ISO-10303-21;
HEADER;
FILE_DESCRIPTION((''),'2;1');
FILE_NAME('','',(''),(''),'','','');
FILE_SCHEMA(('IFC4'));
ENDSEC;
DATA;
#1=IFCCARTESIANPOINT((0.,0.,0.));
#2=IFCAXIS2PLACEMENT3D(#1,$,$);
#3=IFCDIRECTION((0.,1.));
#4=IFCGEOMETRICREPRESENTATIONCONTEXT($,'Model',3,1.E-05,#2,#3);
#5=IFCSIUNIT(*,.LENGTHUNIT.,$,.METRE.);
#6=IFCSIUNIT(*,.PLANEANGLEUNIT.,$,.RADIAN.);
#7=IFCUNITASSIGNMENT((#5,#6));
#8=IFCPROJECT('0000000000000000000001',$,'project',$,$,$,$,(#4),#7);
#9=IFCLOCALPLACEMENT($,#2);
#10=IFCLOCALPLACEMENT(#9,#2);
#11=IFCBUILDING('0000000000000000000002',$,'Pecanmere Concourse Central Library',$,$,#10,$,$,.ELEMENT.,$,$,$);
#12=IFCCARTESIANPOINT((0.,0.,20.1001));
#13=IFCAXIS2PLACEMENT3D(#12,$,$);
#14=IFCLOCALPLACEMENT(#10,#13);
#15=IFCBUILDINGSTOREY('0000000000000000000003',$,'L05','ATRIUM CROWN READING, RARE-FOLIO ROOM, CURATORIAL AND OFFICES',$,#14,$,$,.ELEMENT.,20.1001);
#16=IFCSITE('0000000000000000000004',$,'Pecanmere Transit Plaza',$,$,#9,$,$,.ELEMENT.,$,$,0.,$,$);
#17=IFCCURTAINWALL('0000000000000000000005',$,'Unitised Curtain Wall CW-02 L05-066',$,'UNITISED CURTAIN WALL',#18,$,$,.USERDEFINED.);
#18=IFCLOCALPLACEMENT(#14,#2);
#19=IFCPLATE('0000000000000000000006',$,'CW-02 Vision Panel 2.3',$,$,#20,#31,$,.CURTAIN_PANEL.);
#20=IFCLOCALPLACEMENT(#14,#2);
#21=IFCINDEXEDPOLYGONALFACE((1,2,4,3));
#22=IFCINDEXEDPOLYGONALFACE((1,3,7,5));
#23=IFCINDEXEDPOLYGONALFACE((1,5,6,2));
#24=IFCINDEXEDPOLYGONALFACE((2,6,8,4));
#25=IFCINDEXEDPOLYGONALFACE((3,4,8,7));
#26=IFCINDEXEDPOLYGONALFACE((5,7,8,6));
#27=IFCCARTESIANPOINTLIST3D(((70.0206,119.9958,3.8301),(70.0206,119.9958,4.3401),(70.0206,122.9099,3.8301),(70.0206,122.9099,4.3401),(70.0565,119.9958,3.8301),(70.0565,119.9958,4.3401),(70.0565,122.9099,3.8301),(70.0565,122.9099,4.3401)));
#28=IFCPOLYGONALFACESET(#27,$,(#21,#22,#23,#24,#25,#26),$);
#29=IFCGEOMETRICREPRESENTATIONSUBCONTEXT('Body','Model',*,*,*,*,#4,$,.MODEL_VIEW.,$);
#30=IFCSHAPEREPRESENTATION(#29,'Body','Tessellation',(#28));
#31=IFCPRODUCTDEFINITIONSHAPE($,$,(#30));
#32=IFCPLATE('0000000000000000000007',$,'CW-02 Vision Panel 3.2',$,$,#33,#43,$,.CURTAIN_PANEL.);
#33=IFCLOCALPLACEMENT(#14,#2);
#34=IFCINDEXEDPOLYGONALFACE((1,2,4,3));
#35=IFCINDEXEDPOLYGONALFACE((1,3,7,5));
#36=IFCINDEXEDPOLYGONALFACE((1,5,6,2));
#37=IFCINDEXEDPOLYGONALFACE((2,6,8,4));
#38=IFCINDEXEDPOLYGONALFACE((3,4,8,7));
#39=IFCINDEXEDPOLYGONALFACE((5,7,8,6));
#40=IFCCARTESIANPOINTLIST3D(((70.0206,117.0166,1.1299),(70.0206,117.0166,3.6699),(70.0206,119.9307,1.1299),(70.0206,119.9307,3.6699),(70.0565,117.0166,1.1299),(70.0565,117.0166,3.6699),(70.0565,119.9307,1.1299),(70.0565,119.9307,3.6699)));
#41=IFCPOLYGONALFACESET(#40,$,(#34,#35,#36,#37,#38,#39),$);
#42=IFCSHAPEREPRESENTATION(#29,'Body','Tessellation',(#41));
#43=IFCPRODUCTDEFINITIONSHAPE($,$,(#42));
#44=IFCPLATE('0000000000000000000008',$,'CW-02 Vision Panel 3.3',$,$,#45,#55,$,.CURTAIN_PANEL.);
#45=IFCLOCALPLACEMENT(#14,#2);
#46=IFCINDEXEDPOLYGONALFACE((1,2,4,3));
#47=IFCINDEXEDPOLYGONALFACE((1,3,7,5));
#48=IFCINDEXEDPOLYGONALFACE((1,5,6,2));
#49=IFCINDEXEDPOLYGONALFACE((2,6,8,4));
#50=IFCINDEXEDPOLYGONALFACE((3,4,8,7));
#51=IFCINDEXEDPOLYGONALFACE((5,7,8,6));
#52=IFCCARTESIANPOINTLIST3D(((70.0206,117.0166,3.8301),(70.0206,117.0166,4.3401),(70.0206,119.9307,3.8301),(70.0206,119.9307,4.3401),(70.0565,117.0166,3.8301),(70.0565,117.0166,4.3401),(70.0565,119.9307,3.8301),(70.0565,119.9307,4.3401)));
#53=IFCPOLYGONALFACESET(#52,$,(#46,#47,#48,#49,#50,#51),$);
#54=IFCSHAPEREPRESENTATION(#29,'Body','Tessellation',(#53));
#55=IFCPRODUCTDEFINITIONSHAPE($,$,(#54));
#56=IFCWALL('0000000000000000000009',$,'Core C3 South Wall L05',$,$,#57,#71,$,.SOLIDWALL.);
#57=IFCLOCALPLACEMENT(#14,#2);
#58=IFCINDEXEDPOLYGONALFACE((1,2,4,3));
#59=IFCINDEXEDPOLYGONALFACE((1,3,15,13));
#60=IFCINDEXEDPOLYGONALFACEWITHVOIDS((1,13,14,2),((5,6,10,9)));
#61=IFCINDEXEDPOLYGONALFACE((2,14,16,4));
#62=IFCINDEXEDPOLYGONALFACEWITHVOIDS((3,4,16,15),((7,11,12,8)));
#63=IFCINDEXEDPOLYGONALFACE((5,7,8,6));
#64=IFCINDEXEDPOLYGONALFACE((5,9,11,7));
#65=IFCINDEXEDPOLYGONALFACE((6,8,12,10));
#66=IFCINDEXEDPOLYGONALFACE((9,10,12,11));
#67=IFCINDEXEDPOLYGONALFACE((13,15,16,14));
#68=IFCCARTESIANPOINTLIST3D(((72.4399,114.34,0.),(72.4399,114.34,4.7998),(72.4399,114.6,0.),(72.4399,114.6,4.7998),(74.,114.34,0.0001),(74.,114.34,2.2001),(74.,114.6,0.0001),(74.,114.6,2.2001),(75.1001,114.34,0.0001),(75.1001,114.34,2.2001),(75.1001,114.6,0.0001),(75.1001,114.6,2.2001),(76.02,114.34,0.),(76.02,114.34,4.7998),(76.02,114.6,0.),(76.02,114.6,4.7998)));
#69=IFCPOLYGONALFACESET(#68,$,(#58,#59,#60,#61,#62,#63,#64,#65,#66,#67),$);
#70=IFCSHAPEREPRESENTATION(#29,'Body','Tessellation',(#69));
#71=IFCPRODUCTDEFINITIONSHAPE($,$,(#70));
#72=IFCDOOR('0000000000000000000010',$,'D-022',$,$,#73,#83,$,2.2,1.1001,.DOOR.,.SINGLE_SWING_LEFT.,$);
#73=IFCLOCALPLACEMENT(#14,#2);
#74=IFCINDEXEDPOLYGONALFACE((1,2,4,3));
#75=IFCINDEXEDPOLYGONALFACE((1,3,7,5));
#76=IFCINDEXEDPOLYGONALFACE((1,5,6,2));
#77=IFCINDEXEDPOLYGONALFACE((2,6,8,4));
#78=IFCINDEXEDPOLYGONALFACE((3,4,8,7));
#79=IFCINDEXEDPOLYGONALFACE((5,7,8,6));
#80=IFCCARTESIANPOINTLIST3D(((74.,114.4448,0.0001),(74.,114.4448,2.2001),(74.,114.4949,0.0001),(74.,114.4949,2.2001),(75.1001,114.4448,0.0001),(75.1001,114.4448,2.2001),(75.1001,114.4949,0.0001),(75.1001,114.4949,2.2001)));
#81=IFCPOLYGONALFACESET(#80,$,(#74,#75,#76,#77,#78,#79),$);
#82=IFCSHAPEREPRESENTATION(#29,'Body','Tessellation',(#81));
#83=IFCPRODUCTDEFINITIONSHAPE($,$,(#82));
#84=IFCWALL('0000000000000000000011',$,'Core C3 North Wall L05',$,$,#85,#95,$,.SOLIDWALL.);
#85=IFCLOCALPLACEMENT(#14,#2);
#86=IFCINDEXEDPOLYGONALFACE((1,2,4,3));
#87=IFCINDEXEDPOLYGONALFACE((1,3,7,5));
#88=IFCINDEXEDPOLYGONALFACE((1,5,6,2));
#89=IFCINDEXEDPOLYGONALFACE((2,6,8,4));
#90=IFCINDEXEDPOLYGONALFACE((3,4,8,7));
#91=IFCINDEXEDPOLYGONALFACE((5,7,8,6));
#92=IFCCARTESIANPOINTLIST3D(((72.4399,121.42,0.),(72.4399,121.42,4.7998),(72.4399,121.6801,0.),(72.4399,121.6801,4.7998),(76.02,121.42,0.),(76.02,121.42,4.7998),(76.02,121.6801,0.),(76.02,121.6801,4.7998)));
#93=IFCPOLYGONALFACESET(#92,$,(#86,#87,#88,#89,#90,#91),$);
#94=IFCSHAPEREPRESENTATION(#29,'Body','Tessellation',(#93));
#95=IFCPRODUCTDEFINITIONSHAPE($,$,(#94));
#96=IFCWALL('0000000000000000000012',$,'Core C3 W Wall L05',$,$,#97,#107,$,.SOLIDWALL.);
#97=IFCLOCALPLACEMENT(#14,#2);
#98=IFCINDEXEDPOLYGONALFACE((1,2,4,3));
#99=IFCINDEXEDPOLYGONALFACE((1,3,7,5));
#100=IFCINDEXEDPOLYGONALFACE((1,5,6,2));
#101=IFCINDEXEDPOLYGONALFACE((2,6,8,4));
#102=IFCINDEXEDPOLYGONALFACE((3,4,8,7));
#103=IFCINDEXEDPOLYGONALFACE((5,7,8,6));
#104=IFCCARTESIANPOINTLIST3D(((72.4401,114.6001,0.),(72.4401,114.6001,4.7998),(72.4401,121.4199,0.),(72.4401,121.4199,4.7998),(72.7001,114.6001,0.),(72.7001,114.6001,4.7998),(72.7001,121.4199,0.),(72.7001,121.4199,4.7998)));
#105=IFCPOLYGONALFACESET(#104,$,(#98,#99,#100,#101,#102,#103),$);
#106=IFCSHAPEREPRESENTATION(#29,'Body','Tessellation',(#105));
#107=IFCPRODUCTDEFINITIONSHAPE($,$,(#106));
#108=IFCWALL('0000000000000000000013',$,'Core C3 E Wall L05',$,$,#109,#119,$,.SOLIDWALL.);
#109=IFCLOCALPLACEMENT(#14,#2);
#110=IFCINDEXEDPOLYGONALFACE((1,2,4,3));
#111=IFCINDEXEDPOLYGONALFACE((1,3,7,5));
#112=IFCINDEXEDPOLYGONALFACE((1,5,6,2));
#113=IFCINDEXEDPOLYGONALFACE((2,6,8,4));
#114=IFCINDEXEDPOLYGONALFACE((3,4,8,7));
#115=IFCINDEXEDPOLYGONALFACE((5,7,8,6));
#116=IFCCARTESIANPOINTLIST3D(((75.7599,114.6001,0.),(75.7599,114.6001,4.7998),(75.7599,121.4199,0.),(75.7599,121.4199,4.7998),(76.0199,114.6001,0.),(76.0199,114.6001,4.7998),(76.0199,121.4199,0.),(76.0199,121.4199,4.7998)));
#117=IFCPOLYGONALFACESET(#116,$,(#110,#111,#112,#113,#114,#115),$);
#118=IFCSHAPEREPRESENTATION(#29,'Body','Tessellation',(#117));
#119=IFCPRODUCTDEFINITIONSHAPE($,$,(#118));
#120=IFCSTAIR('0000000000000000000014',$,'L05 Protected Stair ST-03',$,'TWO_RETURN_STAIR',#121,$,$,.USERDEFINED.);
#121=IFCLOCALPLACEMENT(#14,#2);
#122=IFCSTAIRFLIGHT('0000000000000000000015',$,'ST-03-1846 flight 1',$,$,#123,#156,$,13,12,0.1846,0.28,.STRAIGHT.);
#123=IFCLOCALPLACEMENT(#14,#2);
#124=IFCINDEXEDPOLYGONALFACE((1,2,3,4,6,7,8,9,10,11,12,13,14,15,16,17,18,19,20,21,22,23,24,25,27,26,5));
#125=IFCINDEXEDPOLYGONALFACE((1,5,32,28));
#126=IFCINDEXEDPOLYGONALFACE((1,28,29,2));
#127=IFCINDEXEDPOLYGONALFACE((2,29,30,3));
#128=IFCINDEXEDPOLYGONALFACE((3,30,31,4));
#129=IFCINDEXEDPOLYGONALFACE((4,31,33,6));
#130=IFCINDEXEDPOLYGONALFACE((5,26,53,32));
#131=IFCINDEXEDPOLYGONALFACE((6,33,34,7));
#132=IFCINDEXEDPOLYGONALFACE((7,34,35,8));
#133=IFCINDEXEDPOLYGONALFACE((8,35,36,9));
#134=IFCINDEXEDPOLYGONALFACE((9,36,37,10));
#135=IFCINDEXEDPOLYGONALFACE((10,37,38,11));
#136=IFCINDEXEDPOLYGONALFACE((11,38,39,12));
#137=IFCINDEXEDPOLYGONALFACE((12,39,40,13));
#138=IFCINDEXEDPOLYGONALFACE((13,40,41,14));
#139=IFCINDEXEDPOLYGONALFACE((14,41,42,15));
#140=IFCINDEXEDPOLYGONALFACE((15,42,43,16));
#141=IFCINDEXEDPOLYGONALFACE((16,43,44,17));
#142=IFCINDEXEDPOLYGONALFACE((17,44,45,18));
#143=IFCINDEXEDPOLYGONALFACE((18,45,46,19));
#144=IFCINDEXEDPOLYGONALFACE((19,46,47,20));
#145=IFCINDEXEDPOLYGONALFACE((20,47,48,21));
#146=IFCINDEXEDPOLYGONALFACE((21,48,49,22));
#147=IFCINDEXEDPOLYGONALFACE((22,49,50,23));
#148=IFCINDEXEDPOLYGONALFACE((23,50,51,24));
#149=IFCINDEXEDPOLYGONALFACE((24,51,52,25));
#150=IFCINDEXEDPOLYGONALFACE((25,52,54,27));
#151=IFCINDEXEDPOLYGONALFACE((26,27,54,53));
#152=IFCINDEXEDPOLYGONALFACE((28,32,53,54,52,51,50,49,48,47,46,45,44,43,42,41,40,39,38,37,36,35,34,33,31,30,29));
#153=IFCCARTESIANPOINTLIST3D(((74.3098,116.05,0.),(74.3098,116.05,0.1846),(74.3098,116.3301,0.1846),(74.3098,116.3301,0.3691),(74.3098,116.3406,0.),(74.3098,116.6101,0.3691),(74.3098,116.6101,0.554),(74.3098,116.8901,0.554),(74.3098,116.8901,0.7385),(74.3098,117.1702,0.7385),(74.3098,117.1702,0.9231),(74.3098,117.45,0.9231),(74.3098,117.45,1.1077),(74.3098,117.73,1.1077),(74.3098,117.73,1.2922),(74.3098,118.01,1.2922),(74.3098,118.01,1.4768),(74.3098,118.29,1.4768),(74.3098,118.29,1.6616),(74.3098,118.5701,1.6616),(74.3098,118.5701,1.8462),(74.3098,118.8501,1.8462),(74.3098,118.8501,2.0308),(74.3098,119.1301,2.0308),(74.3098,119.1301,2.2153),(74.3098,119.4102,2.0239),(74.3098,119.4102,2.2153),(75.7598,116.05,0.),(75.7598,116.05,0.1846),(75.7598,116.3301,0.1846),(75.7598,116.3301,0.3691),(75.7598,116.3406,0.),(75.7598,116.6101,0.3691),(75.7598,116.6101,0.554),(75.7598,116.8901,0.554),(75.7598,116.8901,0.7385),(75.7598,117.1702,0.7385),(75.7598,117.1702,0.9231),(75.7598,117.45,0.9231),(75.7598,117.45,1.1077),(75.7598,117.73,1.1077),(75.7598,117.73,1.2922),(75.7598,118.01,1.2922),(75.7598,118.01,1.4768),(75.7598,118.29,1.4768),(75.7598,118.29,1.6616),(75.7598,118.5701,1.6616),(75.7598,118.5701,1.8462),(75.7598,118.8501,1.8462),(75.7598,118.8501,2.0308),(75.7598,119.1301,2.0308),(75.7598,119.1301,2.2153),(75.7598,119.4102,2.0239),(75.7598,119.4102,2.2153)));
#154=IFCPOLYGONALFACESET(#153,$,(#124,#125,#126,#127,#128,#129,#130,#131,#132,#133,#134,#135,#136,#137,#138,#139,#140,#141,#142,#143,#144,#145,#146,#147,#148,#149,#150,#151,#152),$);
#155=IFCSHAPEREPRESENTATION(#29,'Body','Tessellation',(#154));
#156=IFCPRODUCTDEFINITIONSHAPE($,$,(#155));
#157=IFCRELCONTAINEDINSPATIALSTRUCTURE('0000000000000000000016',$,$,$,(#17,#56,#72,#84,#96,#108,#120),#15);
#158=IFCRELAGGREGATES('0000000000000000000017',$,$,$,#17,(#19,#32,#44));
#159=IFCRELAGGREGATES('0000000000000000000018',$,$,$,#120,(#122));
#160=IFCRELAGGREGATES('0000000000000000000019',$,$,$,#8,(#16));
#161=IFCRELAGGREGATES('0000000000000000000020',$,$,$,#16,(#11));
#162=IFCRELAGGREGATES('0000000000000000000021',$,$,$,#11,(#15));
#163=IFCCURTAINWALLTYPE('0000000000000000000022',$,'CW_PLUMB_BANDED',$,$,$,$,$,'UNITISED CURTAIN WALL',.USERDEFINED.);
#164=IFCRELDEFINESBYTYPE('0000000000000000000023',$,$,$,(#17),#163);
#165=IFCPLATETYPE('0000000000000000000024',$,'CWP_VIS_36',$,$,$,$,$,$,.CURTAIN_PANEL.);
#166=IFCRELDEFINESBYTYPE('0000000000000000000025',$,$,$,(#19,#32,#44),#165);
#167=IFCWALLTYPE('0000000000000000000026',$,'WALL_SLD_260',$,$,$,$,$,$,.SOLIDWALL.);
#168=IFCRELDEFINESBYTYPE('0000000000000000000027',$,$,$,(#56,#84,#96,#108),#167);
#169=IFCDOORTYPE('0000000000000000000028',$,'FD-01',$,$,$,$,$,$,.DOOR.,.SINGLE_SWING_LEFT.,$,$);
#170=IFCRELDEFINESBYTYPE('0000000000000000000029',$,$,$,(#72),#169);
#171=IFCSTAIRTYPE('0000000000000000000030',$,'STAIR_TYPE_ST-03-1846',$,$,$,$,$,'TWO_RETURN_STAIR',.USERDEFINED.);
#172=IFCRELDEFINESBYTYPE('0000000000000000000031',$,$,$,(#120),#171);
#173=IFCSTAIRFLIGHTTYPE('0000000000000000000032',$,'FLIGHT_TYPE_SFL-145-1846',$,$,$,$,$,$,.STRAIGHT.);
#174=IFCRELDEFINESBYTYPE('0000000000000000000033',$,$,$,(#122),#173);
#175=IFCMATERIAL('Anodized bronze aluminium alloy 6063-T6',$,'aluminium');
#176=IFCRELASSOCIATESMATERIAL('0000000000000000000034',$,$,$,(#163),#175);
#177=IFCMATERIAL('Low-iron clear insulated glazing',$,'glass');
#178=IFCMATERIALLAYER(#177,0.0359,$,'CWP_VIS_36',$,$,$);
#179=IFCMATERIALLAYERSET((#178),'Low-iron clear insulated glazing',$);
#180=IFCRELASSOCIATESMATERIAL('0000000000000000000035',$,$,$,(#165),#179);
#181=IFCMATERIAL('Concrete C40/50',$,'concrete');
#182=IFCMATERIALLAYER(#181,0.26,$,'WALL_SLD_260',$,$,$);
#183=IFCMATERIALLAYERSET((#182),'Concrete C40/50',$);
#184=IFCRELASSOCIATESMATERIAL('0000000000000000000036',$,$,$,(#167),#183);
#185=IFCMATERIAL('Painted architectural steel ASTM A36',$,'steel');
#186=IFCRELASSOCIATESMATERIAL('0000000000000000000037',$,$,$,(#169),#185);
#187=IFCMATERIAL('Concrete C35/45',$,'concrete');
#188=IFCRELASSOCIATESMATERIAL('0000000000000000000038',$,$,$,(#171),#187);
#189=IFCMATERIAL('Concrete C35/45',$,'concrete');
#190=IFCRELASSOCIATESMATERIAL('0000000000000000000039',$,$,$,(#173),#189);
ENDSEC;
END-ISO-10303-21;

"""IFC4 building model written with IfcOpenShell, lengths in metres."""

from ifc_helpers import new_model, si_unit, direction, frame, frame_2d, origin, origin_2d, place, context, subcontext, project, spatial, polyline, rectangle, outline, extrude, material, layer, layer_set, type_object, element, fill, aggregate, save


model = new_model("IFC4")

# Units and contexts
model_context = context("Model", 3, precision=1e-05, world=origin(), true_north=direction((0.0, 1.0)))
body_context = subcontext(model_context, "Body", "Model", "MODEL_VIEW")
ifc_project = project(units=[si_unit("LENGTHUNIT", "METRE"), si_unit("PLANEANGLEUNIT", "RADIAN")], contexts=[model_context])

# Site, building, storey
site_placement = place(None, origin())
site = spatial("IfcSite", under=ifc_project, at=site_placement, Name="Pecanmere Transit Plaza", CompositionType="ELEMENT", RefElevation=0.0)
building_placement = place(site_placement, origin())
building = spatial("IfcBuilding", under=site, at=building_placement, Name="Pecanmere Concourse Central Library", CompositionType="ELEMENT")
storey_placement = place(building_placement, frame((0.0, 0.0, 20.1001)))
storey = spatial("IfcBuildingStorey", under=building, at=storey_placement, Name="L05", Description="ATRIUM CROWN READING, RARE-FOLIO ROOM, CURATORIAL AND OFFICES", CompositionType="ELEMENT", Elevation=20.1001)

# Curtain wall
ifc_material_1 = material(Name="Anodized bronze aluminium alloy 6063-T6", Category="aluminium")
curtain_wall_type = type_object("IfcCurtainWallType", Name="CW_PLUMB_BANDED", ElementType="UNITISED CURTAIN WALL", PredefinedType="USERDEFINED", material=ifc_material_1)
curtain_wall_placement = place(storey_placement, origin())
curtain_wall = element("IfcCurtainWall", 1, at=curtain_wall_placement, inside=storey, type_object=curtain_wall_type, Name="Unitised Curtain Wall CW-02 L05-066", ObjectType="UNITISED CURTAIN WALL", PredefinedType="USERDEFINED")

# Plates
ifc_material_2 = material(Name="Low-iron clear insulated glazing", Category="glass")
ifc_layer_1 = layer(ifc_material_2, 0.0359, Name="CWP_VIS_36")
ifc_layer_set_1 = layer_set([ifc_layer_1], Name="Low-iron clear insulated glazing")
plate_type_1 = type_object("IfcPlateType", Name="CWP_VIS_36", PredefinedType="CURTAIN_PANEL", material=ifc_layer_set_1)
plate_1_placement = place(storey_placement, frame((70.0386, 121.4529, 3.8301), z_axis=(0.0, 0.0, 1.0), x_axis=(0.0, -1.0, 0.0)))
plate_1 = element("IfcPlate", 2, at=plate_1_placement, type_object=plate_type_1, Name="CW-02 Vision Panel 2.3", PredefinedType="CURTAIN_PANEL", context=body_context, shape_type="SweptSolid", body=[
    extrude(rectangle(XDim=2.9141, YDim=0.0359, at=origin_2d()), origin(), (0.0, 0.0, 1.0), 0.51),
])
plate_2_placement = place(storey_placement, frame((70.0386, 118.4736, 1.1299), z_axis=(0.0, 0.0, 1.0), x_axis=(0.0, -1.0, 0.0)))
plate_2 = element("IfcPlate", 3, at=plate_2_placement, type_object=plate_type_1, Name="CW-02 Vision Panel 3.2", PredefinedType="CURTAIN_PANEL", context=body_context, shape_type="SweptSolid", body=[
    extrude(rectangle(XDim=2.9141, YDim=0.0359, at=origin_2d()), origin(), (0.0, 0.0, 1.0), 2.54),
])
plate_3_placement = place(storey_placement, frame((70.0386, 118.4736, 3.8301), z_axis=(0.0, 0.0, 1.0), x_axis=(0.0, -1.0, 0.0)))
plate_3 = element("IfcPlate", 4, at=plate_3_placement, type_object=plate_type_1, Name="CW-02 Vision Panel 3.3", PredefinedType="CURTAIN_PANEL", context=body_context, shape_type="SweptSolid", body=[
    extrude(rectangle(XDim=2.9141, YDim=0.0359, at=origin_2d()), origin(), (0.0, 0.0, 1.0), 0.51),
])
aggregate(curtain_wall, [plate_1, plate_2, plate_3])

# Wall, opening, door
ifc_material_3 = material(Name="Concrete C40/50", Category="concrete")
ifc_layer_2 = layer(ifc_material_3, 0.26, Name="WALL_SLD_260")
ifc_layer_set_2 = layer_set([ifc_layer_2], Name="Concrete C40/50")
wall_type = type_object("IfcWallType", Name="WALL_SLD_260", PredefinedType="SOLIDWALL", material=ifc_layer_set_2)
wall_1_placement = place(storey_placement, frame((72.4399, 114.47, 0.0), z_axis=(0.0, 0.0, 1.0), x_axis=(1.0, 0.0, 0.0)))
wall_1 = element("IfcWall", 5, at=wall_1_placement, inside=storey, type_object=wall_type, Name="Core C3 South Wall L05", PredefinedType="SOLIDWALL", context=body_context, shape_type="SweptSolid", body=[
    extrude(rectangle(XDim=3.5801, YDim=0.26, at=frame_2d((1.79, 0.0))), origin(), (0.0, 0.0, 1.0), 4.7998),
])
opening_placement = place(wall_1_placement, frame((1.5601, 0.0, 0.0)))
opening = element("IfcOpeningElement", 6, at=opening_placement, cuts=wall_1, PredefinedType="OPENING", context=body_context, shape_type="SweptSolid", body=[
    extrude(rectangle(XDim=1.1001, YDim=2.2, at=frame_2d((0.55, 1.1001))), frame((0.0, 0.1421, 0.0), z_axis=(0.0, -1.0, 0.0), x_axis=(1.0, 0.0, 0.0)), (0.0, 0.0, 1.0), 0.2839),
])
ifc_material_4 = material(Name="Painted architectural steel ASTM A36", Category="steel")
door_type = type_object("IfcDoorType", Name="FD-01", OperationType="SINGLE_SWING_LEFT", PredefinedType="DOOR", material=ifc_material_4)
door_placement = place(opening_placement, origin())
door = element("IfcDoor", 7, at=door_placement, inside=storey, type_object=door_type, Name="D-022", OperationType="SINGLE_SWING_LEFT", OverallHeight=2.2, OverallWidth=1.1001, PredefinedType="DOOR", context=body_context, shape_type="SweptSolid", body=[
    extrude(rectangle(XDim=1.1001, YDim=2.2, at=frame_2d((0.55, 1.1001))), frame((0.0, 0.0249, 0.0), z_axis=(0.0, -1.0, 0.0), x_axis=(1.0, 0.0, 0.0)), (0.0, 0.0, 1.0), 0.05),
])
fill(opening, door)

# Walls
wall_2_placement = place(storey_placement, frame((72.4399, 121.55, 0.0), z_axis=(0.0, 0.0, 1.0), x_axis=(1.0, 0.0, 0.0)))
element("IfcWall", 8, at=wall_2_placement, inside=storey, type_object=wall_type, Name="Core C3 North Wall L05", PredefinedType="SOLIDWALL", context=body_context, shape_type="SweptSolid", body=[
    extrude(rectangle(XDim=3.5801, YDim=0.26, at=frame_2d((1.79, 0.0))), origin(), (0.0, 0.0, 1.0), 4.7998),
])
for number, where, z_axis, x_axis, name in (
    (9, (72.5701, 114.6001, 0.0), (0.0, 0.0, 1.0), (0.0, 1.0, 0.0), "Core C3 W Wall L05"),
    (10, (75.8899, 114.6001, 0.0), (0.0, 0.0, 1.0), (0.0, 1.0, 0.0), "Core C3 E Wall L05"),
):
    element("IfcWall", number, at=place(storey_placement, frame(where, z_axis=z_axis, x_axis=x_axis)), inside=storey, type_object=wall_type, Name=name, PredefinedType="SOLIDWALL", context=body_context, shape_type="SweptSolid", body=[
        extrude(rectangle(XDim=6.8198, YDim=0.26, at=frame_2d((3.4099, 0.0))), origin(), (0.0, 0.0, 1.0), 4.7998),
    ])

# Stair, stair flight
ifc_material_5 = material(Name="Concrete C35/45", Category="concrete")
stair_type = type_object("IfcStairType", Name="STAIR_TYPE_ST-03-1846", ElementType="TWO_RETURN_STAIR", PredefinedType="USERDEFINED", material=ifc_material_5)
stair_placement = place(storey_placement, origin())
stair = element("IfcStair", 11, at=stair_placement, inside=storey, type_object=stair_type, Name="L05 Protected Stair ST-03", ObjectType="TWO_RETURN_STAIR", PredefinedType="USERDEFINED")
ifc_material_6 = material(Name="Concrete C35/45", Category="concrete")
stair_flight_type = type_object("IfcStairFlightType", Name="FLIGHT_TYPE_SFL-145-1846", PredefinedType="STRAIGHT", material=ifc_material_6)
stair_flight_1_placement = place(storey_placement, frame((75.0349, 116.05, 0.0), z_axis=(0.0, 0.0, 1.0), x_axis=(0.0, 1.0, 0.0)))
stair_flight_1 = element("IfcStairFlight", 12, at=stair_flight_1_placement, type_object=stair_flight_type, Name="ST-03-1846 flight 1", NumberOfRisers=13, NumberOfTreads=12, PredefinedType="STRAIGHT", RiserHeight=0.1846, TreadLength=0.28, context=body_context, shape_type="SweptSolid", body=[
    extrude(outline(polyline([(0.0, 0.0), (0.0, 0.1846), (0.28, 0.1846), (0.28, 0.3691), (0.5601, 0.3691), (0.5601, 0.554), (0.8401, 0.554), (0.8401, 0.7385), (1.1201, 0.7385), (1.1201, 0.9231), (1.3999, 0.9231), (1.3999, 1.1077), (1.6799, 1.1077), (1.6799, 1.2922), (1.96, 1.2922), (1.96, 1.4768), (2.24, 1.4768), (2.24, 1.6616), (2.52, 1.6616), (2.52, 1.8462), (2.8, 1.8462), (2.8, 2.0308), (3.0801, 2.0308), (3.0801, 2.2153), (3.3601, 2.2153), (3.3601, 2.3999), (3.3601, 2.0239), (0.2905, 0.0), (0.0, 0.0)])), frame((0.0, 0.7251, 0.0), z_axis=(0.0, -1.0, 0.0), x_axis=(1.0, 0.0, 0.0)), (0.0, 0.0, 1.0), 1.45),
])
aggregate(stair, [stair_flight_1])

save(model, "model.ifc")
